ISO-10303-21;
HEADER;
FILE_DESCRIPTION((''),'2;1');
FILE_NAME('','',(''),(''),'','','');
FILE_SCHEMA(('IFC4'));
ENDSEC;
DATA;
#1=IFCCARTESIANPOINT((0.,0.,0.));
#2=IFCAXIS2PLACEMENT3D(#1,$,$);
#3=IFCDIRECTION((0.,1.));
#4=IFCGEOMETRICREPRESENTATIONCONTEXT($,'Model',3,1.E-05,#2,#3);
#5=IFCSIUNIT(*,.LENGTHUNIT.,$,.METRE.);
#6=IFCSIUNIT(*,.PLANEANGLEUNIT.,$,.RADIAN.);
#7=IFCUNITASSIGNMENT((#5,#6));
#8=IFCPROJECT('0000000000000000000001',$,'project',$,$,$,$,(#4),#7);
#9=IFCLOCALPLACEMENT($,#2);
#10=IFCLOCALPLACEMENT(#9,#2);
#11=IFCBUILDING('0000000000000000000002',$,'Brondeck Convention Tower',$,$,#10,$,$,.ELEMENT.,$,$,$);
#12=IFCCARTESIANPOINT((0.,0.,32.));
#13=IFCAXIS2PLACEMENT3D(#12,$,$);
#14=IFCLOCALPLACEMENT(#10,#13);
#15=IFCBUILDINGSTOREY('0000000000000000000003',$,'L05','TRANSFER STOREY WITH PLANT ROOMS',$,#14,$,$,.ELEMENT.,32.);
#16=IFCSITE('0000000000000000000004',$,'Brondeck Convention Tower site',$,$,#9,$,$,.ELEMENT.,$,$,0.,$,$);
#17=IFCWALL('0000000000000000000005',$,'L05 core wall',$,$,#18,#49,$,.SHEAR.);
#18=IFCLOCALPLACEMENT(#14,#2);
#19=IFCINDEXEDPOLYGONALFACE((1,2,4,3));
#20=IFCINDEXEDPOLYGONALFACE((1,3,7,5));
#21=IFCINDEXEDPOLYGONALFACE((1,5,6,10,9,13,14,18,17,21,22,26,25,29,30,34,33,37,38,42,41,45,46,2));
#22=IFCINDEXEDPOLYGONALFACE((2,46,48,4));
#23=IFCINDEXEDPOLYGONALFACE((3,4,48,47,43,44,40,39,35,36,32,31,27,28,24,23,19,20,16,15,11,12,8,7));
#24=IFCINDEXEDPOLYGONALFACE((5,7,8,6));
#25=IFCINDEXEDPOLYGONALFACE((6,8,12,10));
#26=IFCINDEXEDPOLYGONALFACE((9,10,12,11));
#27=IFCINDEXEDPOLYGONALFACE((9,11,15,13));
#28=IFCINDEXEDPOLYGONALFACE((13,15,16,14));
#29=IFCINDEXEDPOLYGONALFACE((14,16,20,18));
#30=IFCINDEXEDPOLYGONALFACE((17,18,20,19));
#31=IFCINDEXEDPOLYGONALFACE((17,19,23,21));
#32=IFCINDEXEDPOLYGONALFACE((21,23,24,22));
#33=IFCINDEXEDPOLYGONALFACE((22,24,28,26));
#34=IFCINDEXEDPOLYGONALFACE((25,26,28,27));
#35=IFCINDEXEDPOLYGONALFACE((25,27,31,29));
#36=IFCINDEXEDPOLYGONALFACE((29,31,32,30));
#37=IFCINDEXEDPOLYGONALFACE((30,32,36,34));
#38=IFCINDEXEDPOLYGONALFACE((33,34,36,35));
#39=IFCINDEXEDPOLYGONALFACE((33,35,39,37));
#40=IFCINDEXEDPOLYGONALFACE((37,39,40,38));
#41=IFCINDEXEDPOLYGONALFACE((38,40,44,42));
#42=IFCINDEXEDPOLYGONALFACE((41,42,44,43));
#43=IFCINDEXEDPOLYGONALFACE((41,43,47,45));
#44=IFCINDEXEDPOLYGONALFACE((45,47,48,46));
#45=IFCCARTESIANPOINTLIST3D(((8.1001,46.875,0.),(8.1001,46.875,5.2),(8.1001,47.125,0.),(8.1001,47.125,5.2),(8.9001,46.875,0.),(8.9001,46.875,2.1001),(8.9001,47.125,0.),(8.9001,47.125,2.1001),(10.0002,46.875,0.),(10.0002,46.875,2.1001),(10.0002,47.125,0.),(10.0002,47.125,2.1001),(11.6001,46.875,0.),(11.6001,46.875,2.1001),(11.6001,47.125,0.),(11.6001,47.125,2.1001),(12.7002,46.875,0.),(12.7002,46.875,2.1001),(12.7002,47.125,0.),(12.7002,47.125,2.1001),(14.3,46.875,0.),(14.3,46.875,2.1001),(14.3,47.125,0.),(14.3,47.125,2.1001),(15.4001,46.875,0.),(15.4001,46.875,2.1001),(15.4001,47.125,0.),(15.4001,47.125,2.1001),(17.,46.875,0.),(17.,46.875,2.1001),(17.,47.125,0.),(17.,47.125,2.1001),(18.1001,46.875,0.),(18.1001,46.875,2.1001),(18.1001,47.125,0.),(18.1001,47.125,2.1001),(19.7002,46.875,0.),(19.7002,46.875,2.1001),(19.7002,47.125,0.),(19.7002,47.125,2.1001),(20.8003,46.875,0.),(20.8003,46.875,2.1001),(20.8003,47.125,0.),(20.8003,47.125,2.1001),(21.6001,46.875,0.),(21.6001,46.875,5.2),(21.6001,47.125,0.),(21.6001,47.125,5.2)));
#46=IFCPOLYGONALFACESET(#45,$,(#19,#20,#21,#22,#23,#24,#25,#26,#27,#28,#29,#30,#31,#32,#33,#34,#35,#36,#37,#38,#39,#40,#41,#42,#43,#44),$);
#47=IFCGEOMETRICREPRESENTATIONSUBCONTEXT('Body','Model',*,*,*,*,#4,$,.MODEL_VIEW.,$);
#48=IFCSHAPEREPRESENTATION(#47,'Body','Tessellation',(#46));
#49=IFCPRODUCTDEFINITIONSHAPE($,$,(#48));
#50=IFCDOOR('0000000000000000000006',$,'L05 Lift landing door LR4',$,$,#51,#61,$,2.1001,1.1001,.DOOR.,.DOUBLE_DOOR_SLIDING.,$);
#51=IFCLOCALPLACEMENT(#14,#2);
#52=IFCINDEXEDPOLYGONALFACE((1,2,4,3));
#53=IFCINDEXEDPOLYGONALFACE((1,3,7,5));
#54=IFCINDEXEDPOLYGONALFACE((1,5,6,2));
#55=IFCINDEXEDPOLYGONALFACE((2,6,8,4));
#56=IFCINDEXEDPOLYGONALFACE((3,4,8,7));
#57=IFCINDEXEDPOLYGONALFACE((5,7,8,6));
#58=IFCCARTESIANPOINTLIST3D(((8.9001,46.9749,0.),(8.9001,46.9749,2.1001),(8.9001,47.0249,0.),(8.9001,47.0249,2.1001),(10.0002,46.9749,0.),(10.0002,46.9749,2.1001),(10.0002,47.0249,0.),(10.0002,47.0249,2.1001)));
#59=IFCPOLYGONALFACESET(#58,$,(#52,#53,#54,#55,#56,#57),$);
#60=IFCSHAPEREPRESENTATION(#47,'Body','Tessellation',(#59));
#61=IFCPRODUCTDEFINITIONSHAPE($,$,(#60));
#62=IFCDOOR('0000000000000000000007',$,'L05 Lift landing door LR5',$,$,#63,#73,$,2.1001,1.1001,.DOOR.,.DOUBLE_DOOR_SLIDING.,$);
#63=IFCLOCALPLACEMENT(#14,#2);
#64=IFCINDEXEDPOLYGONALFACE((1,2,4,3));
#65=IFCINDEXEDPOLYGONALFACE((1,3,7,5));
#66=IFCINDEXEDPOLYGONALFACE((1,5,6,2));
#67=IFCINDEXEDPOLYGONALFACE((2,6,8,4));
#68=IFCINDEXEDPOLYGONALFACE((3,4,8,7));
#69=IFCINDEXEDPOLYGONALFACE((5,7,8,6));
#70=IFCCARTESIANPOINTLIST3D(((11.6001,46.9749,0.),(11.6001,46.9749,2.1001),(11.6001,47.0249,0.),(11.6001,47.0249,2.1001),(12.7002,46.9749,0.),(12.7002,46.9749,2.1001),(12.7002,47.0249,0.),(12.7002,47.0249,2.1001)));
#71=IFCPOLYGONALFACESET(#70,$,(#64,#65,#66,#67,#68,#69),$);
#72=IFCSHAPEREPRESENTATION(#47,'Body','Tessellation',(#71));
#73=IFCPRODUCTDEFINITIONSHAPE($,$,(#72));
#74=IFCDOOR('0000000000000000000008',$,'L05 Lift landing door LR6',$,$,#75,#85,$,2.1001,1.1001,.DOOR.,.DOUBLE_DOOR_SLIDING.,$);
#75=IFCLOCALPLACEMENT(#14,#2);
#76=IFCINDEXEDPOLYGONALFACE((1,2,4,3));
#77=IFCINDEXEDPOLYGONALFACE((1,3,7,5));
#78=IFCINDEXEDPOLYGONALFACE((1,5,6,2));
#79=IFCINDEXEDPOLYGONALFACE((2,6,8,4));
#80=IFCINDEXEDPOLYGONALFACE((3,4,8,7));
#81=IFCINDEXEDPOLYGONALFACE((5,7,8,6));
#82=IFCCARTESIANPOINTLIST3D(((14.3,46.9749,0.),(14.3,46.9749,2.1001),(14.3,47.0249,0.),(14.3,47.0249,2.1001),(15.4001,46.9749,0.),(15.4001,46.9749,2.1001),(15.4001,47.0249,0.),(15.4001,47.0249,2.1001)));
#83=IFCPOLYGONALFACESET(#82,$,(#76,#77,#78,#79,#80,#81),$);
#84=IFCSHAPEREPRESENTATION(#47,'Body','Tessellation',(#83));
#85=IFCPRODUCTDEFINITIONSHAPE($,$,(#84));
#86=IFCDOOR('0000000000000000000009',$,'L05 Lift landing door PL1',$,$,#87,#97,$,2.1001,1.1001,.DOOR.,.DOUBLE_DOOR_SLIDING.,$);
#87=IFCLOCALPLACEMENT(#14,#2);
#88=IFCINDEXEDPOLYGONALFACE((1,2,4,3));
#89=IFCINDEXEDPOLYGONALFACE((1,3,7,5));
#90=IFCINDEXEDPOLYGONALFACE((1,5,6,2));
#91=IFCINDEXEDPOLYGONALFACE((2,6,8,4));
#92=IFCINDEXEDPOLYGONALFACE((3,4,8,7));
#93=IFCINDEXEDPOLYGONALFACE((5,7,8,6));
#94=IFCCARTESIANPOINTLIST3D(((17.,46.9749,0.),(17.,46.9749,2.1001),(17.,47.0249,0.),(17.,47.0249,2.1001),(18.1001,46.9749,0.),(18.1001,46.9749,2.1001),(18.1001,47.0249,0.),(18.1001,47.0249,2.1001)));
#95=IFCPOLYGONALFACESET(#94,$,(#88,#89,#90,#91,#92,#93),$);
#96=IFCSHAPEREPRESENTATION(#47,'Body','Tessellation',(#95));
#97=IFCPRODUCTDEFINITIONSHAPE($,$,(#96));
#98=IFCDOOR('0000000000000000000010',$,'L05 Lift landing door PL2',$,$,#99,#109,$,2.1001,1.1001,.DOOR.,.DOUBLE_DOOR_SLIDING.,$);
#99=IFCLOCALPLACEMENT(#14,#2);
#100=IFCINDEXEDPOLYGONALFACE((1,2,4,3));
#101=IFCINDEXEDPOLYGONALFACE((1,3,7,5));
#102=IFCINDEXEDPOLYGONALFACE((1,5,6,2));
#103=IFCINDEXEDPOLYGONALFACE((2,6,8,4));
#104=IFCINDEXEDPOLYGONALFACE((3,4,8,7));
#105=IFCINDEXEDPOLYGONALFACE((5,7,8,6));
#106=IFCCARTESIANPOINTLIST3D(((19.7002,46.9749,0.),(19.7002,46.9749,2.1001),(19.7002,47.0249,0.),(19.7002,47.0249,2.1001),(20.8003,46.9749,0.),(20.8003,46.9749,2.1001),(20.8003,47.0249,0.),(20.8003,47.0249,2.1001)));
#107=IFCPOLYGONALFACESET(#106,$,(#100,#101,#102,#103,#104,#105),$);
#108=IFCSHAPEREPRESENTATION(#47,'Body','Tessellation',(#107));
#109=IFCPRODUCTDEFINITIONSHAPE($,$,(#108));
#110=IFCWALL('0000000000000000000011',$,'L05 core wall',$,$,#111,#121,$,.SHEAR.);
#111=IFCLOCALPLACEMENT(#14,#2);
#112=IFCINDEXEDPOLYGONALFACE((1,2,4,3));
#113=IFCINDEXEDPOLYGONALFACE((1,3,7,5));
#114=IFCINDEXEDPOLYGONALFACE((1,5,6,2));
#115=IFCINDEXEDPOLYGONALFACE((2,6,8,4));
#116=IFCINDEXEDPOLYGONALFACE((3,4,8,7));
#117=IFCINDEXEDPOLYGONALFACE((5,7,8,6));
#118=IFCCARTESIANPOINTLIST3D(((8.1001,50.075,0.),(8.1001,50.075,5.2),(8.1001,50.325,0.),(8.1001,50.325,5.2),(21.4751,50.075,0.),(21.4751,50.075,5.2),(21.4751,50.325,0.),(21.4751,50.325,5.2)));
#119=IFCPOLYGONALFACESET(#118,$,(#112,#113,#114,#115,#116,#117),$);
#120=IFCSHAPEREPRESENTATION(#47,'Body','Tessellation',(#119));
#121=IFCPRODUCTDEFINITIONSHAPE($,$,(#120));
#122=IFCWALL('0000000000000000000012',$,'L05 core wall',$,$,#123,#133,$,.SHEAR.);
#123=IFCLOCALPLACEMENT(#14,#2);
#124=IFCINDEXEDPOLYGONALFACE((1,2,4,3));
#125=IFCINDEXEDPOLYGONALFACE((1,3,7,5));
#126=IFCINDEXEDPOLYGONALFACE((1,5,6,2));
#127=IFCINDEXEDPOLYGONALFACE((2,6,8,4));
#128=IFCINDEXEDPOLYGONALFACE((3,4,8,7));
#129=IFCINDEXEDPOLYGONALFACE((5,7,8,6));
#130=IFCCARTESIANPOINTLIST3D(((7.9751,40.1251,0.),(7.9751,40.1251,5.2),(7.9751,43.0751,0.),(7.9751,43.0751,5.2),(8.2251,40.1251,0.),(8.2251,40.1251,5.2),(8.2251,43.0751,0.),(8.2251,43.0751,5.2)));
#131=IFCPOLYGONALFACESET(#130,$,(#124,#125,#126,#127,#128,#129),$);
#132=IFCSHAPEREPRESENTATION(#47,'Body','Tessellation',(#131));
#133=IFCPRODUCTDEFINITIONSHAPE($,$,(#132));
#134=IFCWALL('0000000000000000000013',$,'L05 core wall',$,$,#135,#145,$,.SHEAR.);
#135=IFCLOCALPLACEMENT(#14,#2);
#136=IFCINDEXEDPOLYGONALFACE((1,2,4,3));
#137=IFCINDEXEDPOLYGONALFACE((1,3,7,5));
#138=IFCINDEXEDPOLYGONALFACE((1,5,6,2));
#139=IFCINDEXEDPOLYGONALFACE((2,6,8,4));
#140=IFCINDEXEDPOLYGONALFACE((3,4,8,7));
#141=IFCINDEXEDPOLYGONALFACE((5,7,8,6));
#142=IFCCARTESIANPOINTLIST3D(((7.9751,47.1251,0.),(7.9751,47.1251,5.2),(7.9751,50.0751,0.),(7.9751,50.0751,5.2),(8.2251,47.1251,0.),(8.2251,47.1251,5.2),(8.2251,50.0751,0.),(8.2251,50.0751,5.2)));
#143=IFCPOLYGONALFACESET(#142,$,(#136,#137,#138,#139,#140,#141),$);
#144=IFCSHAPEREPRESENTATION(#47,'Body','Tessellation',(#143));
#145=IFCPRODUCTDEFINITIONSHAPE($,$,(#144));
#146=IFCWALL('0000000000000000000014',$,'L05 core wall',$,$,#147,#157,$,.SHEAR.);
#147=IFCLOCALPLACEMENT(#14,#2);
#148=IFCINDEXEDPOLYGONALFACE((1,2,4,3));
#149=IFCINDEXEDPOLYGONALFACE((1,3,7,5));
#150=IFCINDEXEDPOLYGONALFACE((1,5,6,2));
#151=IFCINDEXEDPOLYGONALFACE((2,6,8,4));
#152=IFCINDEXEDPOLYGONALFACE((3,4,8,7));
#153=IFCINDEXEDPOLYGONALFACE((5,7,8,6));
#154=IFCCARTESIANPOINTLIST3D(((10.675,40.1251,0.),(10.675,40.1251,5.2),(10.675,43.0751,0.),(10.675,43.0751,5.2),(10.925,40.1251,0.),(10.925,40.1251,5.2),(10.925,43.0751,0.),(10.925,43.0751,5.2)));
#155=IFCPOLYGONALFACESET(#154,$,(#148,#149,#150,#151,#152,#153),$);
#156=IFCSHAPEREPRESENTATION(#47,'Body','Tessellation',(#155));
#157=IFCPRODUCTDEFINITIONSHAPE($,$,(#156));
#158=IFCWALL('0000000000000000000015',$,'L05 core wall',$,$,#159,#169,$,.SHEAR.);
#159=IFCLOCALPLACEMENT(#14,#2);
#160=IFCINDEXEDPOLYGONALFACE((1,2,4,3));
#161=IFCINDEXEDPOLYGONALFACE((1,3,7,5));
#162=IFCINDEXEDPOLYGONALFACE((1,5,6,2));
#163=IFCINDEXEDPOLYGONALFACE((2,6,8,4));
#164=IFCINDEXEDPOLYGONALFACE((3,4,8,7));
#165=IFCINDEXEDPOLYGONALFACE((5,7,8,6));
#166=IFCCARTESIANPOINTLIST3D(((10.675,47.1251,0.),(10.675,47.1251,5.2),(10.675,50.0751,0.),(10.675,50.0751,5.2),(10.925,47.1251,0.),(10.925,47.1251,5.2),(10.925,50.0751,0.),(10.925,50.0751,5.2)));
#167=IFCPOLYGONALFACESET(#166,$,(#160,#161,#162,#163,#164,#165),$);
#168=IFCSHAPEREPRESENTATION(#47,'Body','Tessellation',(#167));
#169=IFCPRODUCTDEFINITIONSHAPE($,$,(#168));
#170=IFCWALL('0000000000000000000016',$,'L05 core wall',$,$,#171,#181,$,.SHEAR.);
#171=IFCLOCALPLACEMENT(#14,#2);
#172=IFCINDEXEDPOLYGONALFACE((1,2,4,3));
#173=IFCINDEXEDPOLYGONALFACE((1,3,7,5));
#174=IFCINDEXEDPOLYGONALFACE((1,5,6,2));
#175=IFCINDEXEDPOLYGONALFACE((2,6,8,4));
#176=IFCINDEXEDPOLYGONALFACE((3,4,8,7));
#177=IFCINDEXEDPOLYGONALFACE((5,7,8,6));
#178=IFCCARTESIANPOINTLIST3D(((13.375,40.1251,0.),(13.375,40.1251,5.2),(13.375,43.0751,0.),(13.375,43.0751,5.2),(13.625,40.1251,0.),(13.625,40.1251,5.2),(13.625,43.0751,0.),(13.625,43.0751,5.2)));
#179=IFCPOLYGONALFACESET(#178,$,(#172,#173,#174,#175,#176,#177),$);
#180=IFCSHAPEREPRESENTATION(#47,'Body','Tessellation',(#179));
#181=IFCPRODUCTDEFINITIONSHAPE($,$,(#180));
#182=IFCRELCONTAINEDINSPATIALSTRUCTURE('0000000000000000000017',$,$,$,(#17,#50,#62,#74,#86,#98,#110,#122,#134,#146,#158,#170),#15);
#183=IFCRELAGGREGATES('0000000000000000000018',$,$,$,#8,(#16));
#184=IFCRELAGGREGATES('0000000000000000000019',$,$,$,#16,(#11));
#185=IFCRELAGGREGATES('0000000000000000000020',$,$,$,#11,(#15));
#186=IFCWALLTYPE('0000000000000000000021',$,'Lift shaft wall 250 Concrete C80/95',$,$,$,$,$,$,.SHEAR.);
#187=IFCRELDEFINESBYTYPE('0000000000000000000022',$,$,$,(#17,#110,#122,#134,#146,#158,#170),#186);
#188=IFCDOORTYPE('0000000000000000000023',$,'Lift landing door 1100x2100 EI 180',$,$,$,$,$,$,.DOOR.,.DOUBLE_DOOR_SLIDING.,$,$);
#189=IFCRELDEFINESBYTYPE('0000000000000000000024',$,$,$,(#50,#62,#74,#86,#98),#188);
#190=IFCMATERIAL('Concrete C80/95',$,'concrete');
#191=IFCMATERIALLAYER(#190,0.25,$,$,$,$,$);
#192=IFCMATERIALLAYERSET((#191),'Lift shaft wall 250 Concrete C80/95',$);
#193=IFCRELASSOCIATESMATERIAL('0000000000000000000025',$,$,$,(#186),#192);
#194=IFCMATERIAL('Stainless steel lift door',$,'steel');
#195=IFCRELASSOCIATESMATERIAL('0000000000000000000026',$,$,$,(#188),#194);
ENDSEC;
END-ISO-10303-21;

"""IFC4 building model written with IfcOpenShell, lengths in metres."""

from ifc_helpers import new_model, si_unit, direction, frame, frame_2d, origin, place, context, subcontext, project, spatial, rectangle, extrude, material, layer, layer_set, type_object, element, fill, save


model = new_model("IFC4")

# Units and contexts
model_context = context("Model", 3, precision=1e-05, world=origin(), true_north=direction((0.0, 1.0)))
body_context = subcontext(model_context, "Body", "Model", "MODEL_VIEW")
ifc_project = project(units=[si_unit("LENGTHUNIT", "METRE"), si_unit("PLANEANGLEUNIT", "RADIAN")], contexts=[model_context])

# Site, building, storey
site_placement = place(None, origin())
site = spatial("IfcSite", under=ifc_project, at=site_placement, Name="Brondeck Convention Tower site", CompositionType="ELEMENT", RefElevation=0.0)
building_placement = place(site_placement, origin())
building = spatial("IfcBuilding", under=site, at=building_placement, Name="Brondeck Convention Tower", CompositionType="ELEMENT")
storey_placement = place(building_placement, frame((0.0, 0.0, 32.0)))
storey = spatial("IfcBuildingStorey", under=building, at=storey_placement, Name="L05", Description="TRANSFER STOREY WITH PLANT ROOMS", CompositionType="ELEMENT", Elevation=32.0)

# Shared definitions
ifc_material_1 = material(Name="Concrete C80/95", Category="concrete")
ifc_layer_1 = layer(ifc_material_1, 0.25)
ifc_layer_set_1 = layer_set([ifc_layer_1], Name="Lift shaft wall 250 Concrete C80/95")
wall_type_1 = type_object("IfcWallType", Name="Lift shaft wall 250 Concrete C80/95", PredefinedType="SHEAR", material=ifc_layer_set_1)

# Wall, openings, doors
ifc_material_2 = material(Name="Stainless steel lift door", Category="steel")
door_type = type_object("IfcDoorType", Name="Lift landing door 1100x2100 EI 180", OperationType="DOUBLE_DOOR_SLIDING", PredefinedType="DOOR", material=ifc_material_2)
wall_1_placement = place(storey_placement, frame((8.1001, 47.0, 0.0), z_axis=(0.0, 0.0, 1.0), x_axis=(1.0, 0.0, 0.0)))
wall_1 = element("IfcWall", 1, at=wall_1_placement, inside=storey, type_object=wall_type_1, Name="L05 core wall", PredefinedType="SHEAR", context=body_context, shape_type="SweptSolid", body=[
    extrude(rectangle(XDim=13.5, YDim=0.25, at=frame_2d((6.75, 0.0))), origin(), (0.0, 0.0, 1.0), 5.2),
])
opening_1_placement = place(wall_1_placement, frame((0.8, 0.0, 0.0)))
opening_1 = element("IfcOpeningElement", 2, at=opening_1_placement, cuts=wall_1, PredefinedType="OPENING", context=body_context, shape_type="SweptSolid", body=[
    extrude(rectangle(XDim=1.1001, YDim=2.1001, at=frame_2d((0.55, 1.05))), frame((0.0, 0.135, 0.0), z_axis=(0.0, -1.0, 0.0), x_axis=(1.0, 0.0, 0.0)), (0.0, 0.0, 1.0), 0.27),
])
opening_2_placement = place(wall_1_placement, frame((3.5, 0.0, 0.0)))
opening_2 = element("IfcOpeningElement", 3, at=opening_2_placement, cuts=wall_1, PredefinedType="OPENING", context=body_context, shape_type="SweptSolid", body=[
    extrude(rectangle(XDim=1.1001, YDim=2.1001, at=frame_2d((0.55, 1.05))), frame((0.0, 0.135, 0.0), z_axis=(0.0, -1.0, 0.0), x_axis=(1.0, 0.0, 0.0)), (0.0, 0.0, 1.0), 0.27),
])
opening_3_placement = place(wall_1_placement, frame((6.2, 0.0, 0.0)))
opening_3 = element("IfcOpeningElement", 4, at=opening_3_placement, cuts=wall_1, PredefinedType="OPENING", context=body_context, shape_type="SweptSolid", body=[
    extrude(rectangle(XDim=1.1001, YDim=2.1001, at=frame_2d((0.55, 1.05))), frame((0.0, 0.135, 0.0), z_axis=(0.0, -1.0, 0.0), x_axis=(1.0, 0.0, 0.0)), (0.0, 0.0, 1.0), 0.27),
])
opening_4_placement = place(wall_1_placement, frame((8.8999, 0.0, 0.0)))
opening_4 = element("IfcOpeningElement", 5, at=opening_4_placement, cuts=wall_1, PredefinedType="OPENING", context=body_context, shape_type="SweptSolid", body=[
    extrude(rectangle(XDim=1.1001, YDim=2.1001, at=frame_2d((0.55, 1.05))), frame((0.0, 0.135, 0.0), z_axis=(0.0, -1.0, 0.0), x_axis=(1.0, 0.0, 0.0)), (0.0, 0.0, 1.0), 0.27),
])
opening_5_placement = place(wall_1_placement, frame((11.6001, 0.0, 0.0)))
opening_5 = element("IfcOpeningElement", 6, at=opening_5_placement, cuts=wall_1, PredefinedType="OPENING", context=body_context, shape_type="SweptSolid", body=[
    extrude(rectangle(XDim=1.1001, YDim=2.1001, at=frame_2d((0.55, 1.05))), frame((0.0, 0.135, 0.0), z_axis=(0.0, -1.0, 0.0), x_axis=(1.0, 0.0, 0.0)), (0.0, 0.0, 1.0), 0.27),
])
door_1_placement = place(opening_1_placement, origin())
door_1 = element("IfcDoor", 7, at=door_1_placement, inside=storey, type_object=door_type, Name="L05 Lift landing door LR4", OperationType="DOUBLE_DOOR_SLIDING", OverallHeight=2.1001, OverallWidth=1.1001, PredefinedType="DOOR", context=body_context, shape_type="SweptSolid", body=[
    extrude(rectangle(XDim=1.1001, YDim=2.1001, at=frame_2d((0.55, 1.05))), frame((0.0, 0.0249, 0.0), z_axis=(0.0, -1.0, 0.0), x_axis=(1.0, 0.0, 0.0)), (0.0, 0.0, 1.0), 0.05),
])
fill(opening_1, door_1)
door_2_placement = place(opening_2_placement, origin())
door_2 = element("IfcDoor", 8, at=door_2_placement, inside=storey, type_object=door_type, Name="L05 Lift landing door LR5", OperationType="DOUBLE_DOOR_SLIDING", OverallHeight=2.1001, OverallWidth=1.1001, PredefinedType="DOOR", context=body_context, shape_type="SweptSolid", body=[
    extrude(rectangle(XDim=1.1001, YDim=2.1001, at=frame_2d((0.55, 1.05))), frame((0.0, 0.0249, 0.0), z_axis=(0.0, -1.0, 0.0), x_axis=(1.0, 0.0, 0.0)), (0.0, 0.0, 1.0), 0.05),
])
fill(opening_2, door_2)
door_3_placement = place(opening_3_placement, origin())
door_3 = element("IfcDoor", 9, at=door_3_placement, inside=storey, type_object=door_type, Name="L05 Lift landing door LR6", OperationType="DOUBLE_DOOR_SLIDING", OverallHeight=2.1001, OverallWidth=1.1001, PredefinedType="DOOR", context=body_context, shape_type="SweptSolid", body=[
    extrude(rectangle(XDim=1.1001, YDim=2.1001, at=frame_2d((0.55, 1.05))), frame((0.0, 0.0249, 0.0), z_axis=(0.0, -1.0, 0.0), x_axis=(1.0, 0.0, 0.0)), (0.0, 0.0, 1.0), 0.05),
])
fill(opening_3, door_3)
door_4_placement = place(opening_4_placement, origin())
door_4 = element("IfcDoor", 10, at=door_4_placement, inside=storey, type_object=door_type, Name="L05 Lift landing door PL1", OperationType="DOUBLE_DOOR_SLIDING", OverallHeight=2.1001, OverallWidth=1.1001, PredefinedType="DOOR", context=body_context, shape_type="SweptSolid", body=[
    extrude(rectangle(XDim=1.1001, YDim=2.1001, at=frame_2d((0.55, 1.05))), frame((0.0, 0.0249, 0.0), z_axis=(0.0, -1.0, 0.0), x_axis=(1.0, 0.0, 0.0)), (0.0, 0.0, 1.0), 0.05),
])
fill(opening_4, door_4)
door_5_placement = place(opening_5_placement, origin())
door_5 = element("IfcDoor", 11, at=door_5_placement, inside=storey, type_object=door_type, Name="L05 Lift landing door PL2", OperationType="DOUBLE_DOOR_SLIDING", OverallHeight=2.1001, OverallWidth=1.1001, PredefinedType="DOOR", context=body_context, shape_type="SweptSolid", body=[
    extrude(rectangle(XDim=1.1001, YDim=2.1001, at=frame_2d((0.55, 1.05))), frame((0.0, 0.0249, 0.0), z_axis=(0.0, -1.0, 0.0), x_axis=(1.0, 0.0, 0.0)), (0.0, 0.0, 1.0), 0.05),
])
fill(opening_5, door_5)

# Walls
wall_2_placement = place(storey_placement, frame((8.1001, 50.2, 0.0), z_axis=(0.0, 0.0, 1.0), x_axis=(1.0, 0.0, 0.0)))
element("IfcWall", 12, at=wall_2_placement, inside=storey, type_object=wall_type_1, Name="L05 core wall", PredefinedType="SHEAR", context=body_context, shape_type="SweptSolid", body=[
    extrude(rectangle(XDim=13.375, YDim=0.25, at=frame_2d((6.6875, 0.0))), origin(), (0.0, 0.0, 1.0), 5.2),
])
for number, where, z_axis, x_axis, name in (
    (13, (8.1001, 40.125, 0.0), (0.0, 0.0, 1.0), (0.0, 1.0, 0.0), "L05 core wall"),
    (14, (8.1001, 47.125, 0.0), (0.0, 0.0, 1.0), (0.0, 1.0, 0.0), "L05 core wall"),
    (15, (10.8, 40.125, 0.0), (0.0, 0.0, 1.0), (0.0, 1.0, 0.0), "L05 core wall"),
    (16, (10.8, 47.125, 0.0), (0.0, 0.0, 1.0), (0.0, 1.0, 0.0), "L05 core wall"),
    (17, (13.5, 40.125, 0.0), (0.0, 0.0, 1.0), (0.0, 1.0, 0.0), "L05 core wall"),
):
    element("IfcWall", number, at=place(storey_placement, frame(where, z_axis=z_axis, x_axis=x_axis)), inside=storey, type_object=wall_type_1, Name=name, PredefinedType="SHEAR", context=body_context, shape_type="SweptSolid", body=[
        extrude(rectangle(XDim=2.95, YDim=0.25, at=frame_2d((1.4751, 0.0))), origin(), (0.0, 0.0, 1.0), 5.2),
    ])

save(model, "model.ifc")
